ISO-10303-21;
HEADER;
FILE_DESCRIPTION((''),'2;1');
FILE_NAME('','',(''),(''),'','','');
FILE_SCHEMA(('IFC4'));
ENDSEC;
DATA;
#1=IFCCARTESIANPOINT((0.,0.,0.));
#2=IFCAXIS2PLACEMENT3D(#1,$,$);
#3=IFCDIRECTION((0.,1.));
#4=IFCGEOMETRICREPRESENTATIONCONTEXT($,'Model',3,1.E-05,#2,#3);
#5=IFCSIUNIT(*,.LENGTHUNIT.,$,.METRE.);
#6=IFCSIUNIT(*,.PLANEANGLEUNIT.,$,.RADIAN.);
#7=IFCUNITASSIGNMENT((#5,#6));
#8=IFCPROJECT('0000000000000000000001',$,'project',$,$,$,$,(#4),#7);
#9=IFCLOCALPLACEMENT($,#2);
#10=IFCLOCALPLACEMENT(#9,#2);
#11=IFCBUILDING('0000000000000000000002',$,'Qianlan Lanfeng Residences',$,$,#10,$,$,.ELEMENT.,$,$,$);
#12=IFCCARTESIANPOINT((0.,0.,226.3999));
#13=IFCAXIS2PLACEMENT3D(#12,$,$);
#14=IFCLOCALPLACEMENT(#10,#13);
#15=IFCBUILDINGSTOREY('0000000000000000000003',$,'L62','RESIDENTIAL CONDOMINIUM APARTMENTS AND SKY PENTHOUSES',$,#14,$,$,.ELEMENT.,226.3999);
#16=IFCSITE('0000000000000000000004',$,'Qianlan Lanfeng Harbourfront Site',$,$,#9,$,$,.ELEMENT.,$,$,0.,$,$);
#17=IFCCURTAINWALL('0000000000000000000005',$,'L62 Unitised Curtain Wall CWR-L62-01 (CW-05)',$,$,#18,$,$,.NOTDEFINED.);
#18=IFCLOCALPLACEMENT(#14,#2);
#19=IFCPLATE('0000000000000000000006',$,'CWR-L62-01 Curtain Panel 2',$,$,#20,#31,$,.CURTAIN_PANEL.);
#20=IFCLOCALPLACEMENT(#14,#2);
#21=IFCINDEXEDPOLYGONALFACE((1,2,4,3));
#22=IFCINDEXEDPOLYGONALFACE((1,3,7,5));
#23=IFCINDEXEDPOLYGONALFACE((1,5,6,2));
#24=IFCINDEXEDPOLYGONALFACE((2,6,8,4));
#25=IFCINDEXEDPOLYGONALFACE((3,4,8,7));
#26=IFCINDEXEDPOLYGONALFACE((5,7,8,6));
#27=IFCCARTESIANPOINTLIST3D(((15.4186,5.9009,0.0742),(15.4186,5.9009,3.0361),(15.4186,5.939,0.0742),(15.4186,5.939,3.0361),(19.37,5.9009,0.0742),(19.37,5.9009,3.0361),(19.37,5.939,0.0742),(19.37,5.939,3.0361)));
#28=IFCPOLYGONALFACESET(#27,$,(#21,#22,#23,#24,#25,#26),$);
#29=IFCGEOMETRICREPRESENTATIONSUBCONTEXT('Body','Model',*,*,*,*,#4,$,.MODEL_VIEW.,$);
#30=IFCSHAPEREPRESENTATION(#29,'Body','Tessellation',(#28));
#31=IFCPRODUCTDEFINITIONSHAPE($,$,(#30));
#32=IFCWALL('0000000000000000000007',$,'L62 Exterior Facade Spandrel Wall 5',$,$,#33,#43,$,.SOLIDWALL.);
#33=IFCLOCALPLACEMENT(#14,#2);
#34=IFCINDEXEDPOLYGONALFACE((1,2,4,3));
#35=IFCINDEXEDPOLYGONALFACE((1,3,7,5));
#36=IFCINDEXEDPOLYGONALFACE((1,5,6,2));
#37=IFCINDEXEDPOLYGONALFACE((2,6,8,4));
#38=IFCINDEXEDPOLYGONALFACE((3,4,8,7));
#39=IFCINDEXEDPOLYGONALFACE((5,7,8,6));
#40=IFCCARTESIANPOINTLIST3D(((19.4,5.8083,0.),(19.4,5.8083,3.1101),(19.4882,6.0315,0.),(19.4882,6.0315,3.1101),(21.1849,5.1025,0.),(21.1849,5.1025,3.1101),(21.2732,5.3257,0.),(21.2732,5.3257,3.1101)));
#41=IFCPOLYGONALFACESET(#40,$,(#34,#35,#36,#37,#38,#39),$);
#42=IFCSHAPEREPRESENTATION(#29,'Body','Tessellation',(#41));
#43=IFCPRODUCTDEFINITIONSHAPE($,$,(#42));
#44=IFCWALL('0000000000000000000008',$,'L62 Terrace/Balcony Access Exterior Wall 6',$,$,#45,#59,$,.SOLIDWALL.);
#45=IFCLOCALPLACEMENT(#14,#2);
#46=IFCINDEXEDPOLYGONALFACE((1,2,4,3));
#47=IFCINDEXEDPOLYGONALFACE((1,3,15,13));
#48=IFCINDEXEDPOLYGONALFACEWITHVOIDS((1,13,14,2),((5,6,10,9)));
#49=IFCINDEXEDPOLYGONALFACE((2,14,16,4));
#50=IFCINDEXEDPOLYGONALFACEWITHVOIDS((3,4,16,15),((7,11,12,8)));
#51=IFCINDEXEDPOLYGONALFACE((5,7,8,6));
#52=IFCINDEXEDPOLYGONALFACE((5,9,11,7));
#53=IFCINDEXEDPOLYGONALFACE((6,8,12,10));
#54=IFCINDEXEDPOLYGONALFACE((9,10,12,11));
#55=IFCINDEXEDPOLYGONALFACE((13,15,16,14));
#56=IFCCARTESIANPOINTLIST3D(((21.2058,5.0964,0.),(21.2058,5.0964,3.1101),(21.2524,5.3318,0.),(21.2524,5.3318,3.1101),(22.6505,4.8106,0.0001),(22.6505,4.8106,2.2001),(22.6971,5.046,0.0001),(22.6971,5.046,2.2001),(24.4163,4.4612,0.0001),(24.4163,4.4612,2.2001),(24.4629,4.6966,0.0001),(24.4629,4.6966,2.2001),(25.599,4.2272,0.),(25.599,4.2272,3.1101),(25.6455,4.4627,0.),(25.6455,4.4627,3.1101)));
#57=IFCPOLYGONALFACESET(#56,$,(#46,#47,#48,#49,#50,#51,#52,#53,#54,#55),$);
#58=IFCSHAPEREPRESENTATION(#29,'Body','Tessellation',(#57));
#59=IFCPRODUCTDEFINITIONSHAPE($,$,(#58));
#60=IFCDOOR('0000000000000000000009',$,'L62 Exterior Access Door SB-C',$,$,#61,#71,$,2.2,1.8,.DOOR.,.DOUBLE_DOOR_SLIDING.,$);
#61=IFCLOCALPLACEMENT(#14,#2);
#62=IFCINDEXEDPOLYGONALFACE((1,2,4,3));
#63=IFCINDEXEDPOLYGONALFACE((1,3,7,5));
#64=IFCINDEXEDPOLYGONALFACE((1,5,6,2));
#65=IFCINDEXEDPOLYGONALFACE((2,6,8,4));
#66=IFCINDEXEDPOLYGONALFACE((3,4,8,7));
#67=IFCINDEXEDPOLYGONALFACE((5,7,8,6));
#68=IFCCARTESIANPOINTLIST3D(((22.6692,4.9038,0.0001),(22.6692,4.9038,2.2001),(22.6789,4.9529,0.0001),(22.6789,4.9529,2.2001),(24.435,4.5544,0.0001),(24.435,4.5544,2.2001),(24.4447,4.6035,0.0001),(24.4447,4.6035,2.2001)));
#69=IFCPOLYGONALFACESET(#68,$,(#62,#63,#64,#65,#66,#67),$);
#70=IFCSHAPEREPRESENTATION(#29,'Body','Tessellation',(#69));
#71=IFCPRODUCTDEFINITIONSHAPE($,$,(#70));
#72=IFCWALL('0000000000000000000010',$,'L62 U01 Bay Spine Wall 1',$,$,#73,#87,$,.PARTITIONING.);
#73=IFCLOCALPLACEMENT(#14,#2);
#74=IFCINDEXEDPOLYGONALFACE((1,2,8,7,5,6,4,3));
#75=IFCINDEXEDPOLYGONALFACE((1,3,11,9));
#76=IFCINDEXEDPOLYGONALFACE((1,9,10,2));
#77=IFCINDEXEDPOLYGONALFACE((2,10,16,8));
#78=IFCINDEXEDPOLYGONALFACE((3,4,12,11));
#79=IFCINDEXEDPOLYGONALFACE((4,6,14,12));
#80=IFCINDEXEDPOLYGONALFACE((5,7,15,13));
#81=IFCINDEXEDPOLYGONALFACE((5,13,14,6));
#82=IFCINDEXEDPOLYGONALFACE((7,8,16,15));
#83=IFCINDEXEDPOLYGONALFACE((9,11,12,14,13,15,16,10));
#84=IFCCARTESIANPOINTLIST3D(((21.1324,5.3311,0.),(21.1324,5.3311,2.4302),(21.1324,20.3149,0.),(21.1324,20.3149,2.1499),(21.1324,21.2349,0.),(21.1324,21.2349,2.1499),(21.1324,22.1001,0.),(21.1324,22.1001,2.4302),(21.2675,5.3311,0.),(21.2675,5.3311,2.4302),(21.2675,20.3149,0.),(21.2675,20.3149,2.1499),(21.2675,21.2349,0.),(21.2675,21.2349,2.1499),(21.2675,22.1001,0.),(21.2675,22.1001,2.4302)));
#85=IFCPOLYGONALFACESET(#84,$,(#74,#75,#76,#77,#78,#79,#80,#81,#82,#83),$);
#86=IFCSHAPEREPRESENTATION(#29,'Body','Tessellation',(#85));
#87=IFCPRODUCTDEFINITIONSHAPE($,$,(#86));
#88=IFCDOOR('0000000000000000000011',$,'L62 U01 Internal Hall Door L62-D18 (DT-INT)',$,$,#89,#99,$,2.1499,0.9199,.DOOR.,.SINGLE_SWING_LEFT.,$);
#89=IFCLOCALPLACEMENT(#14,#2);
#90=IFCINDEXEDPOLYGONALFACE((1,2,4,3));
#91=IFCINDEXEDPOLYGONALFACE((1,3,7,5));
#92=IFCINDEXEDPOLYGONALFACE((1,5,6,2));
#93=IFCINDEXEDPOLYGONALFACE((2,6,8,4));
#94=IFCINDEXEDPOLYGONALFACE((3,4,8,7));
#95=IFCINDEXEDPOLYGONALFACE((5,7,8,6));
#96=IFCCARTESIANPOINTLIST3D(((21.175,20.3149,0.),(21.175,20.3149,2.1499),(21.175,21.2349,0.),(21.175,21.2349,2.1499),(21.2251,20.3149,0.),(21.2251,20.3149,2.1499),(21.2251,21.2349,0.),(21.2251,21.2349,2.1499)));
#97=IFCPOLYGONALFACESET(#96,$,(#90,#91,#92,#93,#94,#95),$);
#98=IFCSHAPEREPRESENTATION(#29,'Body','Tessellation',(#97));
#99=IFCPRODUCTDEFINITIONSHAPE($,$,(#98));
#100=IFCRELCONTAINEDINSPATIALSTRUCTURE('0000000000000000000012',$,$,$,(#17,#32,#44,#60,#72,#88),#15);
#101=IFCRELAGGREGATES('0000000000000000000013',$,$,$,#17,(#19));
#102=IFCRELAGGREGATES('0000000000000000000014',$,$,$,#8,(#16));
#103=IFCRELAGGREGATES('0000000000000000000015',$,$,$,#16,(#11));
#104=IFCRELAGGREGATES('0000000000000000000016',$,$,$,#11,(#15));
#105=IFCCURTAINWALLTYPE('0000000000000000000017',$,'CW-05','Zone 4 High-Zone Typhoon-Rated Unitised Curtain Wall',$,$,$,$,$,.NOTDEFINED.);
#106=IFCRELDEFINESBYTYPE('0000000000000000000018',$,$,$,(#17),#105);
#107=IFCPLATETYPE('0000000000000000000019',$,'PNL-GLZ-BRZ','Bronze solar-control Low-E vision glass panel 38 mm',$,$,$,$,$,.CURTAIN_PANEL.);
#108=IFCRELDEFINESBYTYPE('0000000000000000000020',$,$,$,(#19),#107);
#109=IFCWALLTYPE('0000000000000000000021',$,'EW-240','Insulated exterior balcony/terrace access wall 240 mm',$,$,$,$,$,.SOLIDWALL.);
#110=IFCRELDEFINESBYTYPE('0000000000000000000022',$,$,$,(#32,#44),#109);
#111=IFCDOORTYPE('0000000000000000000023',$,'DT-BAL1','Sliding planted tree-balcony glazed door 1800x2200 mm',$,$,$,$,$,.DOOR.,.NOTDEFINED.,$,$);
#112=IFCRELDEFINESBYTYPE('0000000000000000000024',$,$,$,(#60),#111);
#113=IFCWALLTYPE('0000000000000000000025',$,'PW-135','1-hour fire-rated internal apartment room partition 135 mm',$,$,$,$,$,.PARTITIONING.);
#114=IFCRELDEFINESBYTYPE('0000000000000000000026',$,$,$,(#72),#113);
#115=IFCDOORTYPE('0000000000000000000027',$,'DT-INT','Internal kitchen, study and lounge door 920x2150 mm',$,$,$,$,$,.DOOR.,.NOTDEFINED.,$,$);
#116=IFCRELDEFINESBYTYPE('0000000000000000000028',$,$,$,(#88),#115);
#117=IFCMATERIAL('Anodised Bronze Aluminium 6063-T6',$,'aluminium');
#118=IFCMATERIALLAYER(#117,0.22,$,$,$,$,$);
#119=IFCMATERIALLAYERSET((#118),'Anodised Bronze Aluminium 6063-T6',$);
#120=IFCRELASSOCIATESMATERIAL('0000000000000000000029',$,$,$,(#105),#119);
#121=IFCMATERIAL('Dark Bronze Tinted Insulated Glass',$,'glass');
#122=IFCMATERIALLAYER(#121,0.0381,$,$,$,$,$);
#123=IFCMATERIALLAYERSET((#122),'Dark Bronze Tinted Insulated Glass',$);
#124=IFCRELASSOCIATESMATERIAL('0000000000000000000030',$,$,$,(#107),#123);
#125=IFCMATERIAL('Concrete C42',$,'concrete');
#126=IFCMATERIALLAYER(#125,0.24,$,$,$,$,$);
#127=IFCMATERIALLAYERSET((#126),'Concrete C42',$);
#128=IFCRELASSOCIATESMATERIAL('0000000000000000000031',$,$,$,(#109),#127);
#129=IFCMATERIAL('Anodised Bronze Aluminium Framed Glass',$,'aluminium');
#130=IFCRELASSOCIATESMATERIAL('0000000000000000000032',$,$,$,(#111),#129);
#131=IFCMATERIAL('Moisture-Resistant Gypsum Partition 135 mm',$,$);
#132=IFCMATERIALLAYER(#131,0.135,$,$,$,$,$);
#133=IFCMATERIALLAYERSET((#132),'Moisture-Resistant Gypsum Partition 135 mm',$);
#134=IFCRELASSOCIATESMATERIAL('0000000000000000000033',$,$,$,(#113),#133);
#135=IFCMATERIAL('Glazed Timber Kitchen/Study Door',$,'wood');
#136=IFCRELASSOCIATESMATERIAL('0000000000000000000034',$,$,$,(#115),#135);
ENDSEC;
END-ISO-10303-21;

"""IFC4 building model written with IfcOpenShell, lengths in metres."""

from ifc_helpers import new_model, si_unit, direction, frame, frame_2d, origin, origin_2d, place, context, subcontext, project, spatial, rectangle, extrude, source, transform, mapped, material, layer, layer_set, type_object, element, fill, aggregate, save


model = new_model("IFC4")

# Units and contexts
model_context = context("Model", 3, precision=1e-05, world=origin(), true_north=direction((0.0, 1.0)))
body_context = subcontext(model_context, "Body", "Model", "MODEL_VIEW")
ifc_project = project(units=[si_unit("LENGTHUNIT", "METRE"), si_unit("PLANEANGLEUNIT", "RADIAN")], contexts=[model_context])

# Site, building, storey
site_placement = place(None, origin())
site = spatial("IfcSite", under=ifc_project, at=site_placement, Name="Qianlan Lanfeng Harbourfront Site", CompositionType="ELEMENT", RefElevation=0.0)
building_placement = place(site_placement, origin())
building = spatial("IfcBuilding", under=site, at=building_placement, Name="Qianlan Lanfeng Residences", CompositionType="ELEMENT")
storey_placement = place(building_placement, frame((0.0, 0.0, 226.3999)))
storey = spatial("IfcBuildingStorey", under=building, at=storey_placement, Name="L62", Description="RESIDENTIAL CONDOMINIUM APARTMENTS AND SKY PENTHOUSES", CompositionType="ELEMENT", Elevation=226.3999)

# Curtain wall, plate
ifc_material_1 = material(Name="Anodised Bronze Aluminium 6063-T6", Category="aluminium")
ifc_layer_1 = layer(ifc_material_1, 0.22)
ifc_layer_set_1 = layer_set([ifc_layer_1], Name="Anodised Bronze Aluminium 6063-T6")
curtain_wall_type = type_object("IfcCurtainWallType", Name="CW-05", Description="Zone 4 High-Zone Typhoon-Rated Unitised Curtain Wall", PredefinedType="NOTDEFINED", material=ifc_layer_set_1)
curtain_wall_placement = place(storey_placement, origin())
curtain_wall = element("IfcCurtainWall", 1, at=curtain_wall_placement, inside=storey, type_object=curtain_wall_type, Name="L62 Unitised Curtain Wall CWR-L62-01 (CW-05)", PredefinedType="NOTDEFINED")
ifc_material_2 = material(Name="Dark Bronze Tinted Insulated Glass", Category="glass")
ifc_layer_2 = layer(ifc_material_2, 0.0381)
ifc_layer_set_2 = layer_set([ifc_layer_2], Name="Dark Bronze Tinted Insulated Glass")
plate_type = type_object("IfcPlateType", Name="PNL-GLZ-BRZ", Description="Bronze solar-control Low-E vision glass panel 38 mm", PredefinedType="CURTAIN_PANEL", material=ifc_layer_set_2)
shared_shape_1 = source(origin(), body_context, "Body", "SweptSolid", [
    extrude(rectangle(XDim=3.9514, YDim=0.0381, at=origin_2d()), origin(), (0.0, 0.0, 1.0), 2.9619),
])
plate_1_placement = place(storey_placement, frame((17.3943, 5.9199, 0.0742), z_axis=(0.0, 0.0, 1.0), x_axis=(1.0, 0.0, 0.0)))
plate_1 = element("IfcPlate", 2, at=plate_1_placement, type_object=plate_type, Name="CWR-L62-01 Curtain Panel 2", PredefinedType="CURTAIN_PANEL", context=body_context, shape_type="MappedRepresentation", body=[
    mapped(shared_shape_1, transform((0.0, 0.0, 0.0), scale=1.0)),
])
aggregate(curtain_wall, [plate_1])

# Wall
ifc_material_3 = material(Name="Concrete C42", Category="concrete")
ifc_layer_3 = layer(ifc_material_3, 0.24)
ifc_layer_set_3 = layer_set([ifc_layer_3], Name="Concrete C42")
wall_type_1 = type_object("IfcWallType", Name="EW-240", Description="Insulated exterior balcony/terrace access wall 240 mm", PredefinedType="SOLIDWALL", material=ifc_layer_set_3)
wall_1_placement = place(storey_placement, frame((19.4441, 5.9199, 0.0), z_axis=(0.0, 0.0, 1.0), x_axis=(0.929934, -0.367725, 0.0)))
element("IfcWall", 3, at=wall_1_placement, inside=storey, type_object=wall_type_1, Name="L62 Exterior Facade Spandrel Wall 5", PredefinedType="SOLIDWALL", context=body_context, shape_type="SweptSolid", body=[
    extrude(rectangle(XDim=1.9194, YDim=0.24, at=frame_2d((0.9597, 0.0))), origin(), (0.0, 0.0, 1.0), 3.1101),
])

# Walls, openings, doors
wall_2_placement = place(storey_placement, frame((21.229, 5.2141, 0.0), z_axis=(0.0, 0.0, 1.0), x_axis=(0.980985, -0.194082, 0.0)))
wall_2 = element("IfcWall", 4, at=wall_2_placement, inside=storey, type_object=wall_type_1, Name="L62 Terrace/Balcony Access Exterior Wall 6", PredefinedType="SOLIDWALL", context=body_context, shape_type="SweptSolid", body=[
    extrude(rectangle(XDim=4.4783, YDim=0.24, at=frame_2d((2.2393, 0.0))), origin(), (0.0, 0.0, 1.0), 3.1101),
])
opening_1_placement = place(wall_2_placement, frame((1.4729, 0.0, 0.0)))
opening_1 = element("IfcOpeningElement", 5, at=opening_1_placement, cuts=wall_2, PredefinedType="OPENING", context=body_context, shape_type="SweptSolid", body=[
    extrude(rectangle(XDim=1.8, YDim=2.2, at=frame_2d((0.8999, 1.1001))), frame((0.0, 0.1299, 0.0), z_axis=(0.0, -1.0, 0.0), x_axis=(1.0, 0.0, 0.0)), (0.0, 0.0, 1.0), 0.26),
])
ifc_material_4 = material(Name="Anodised Bronze Aluminium Framed Glass", Category="aluminium")
door_type_1 = type_object("IfcDoorType", Name="DT-BAL1", Description="Sliding planted tree-balcony glazed door 1800x2200 mm", OperationType="NOTDEFINED", PredefinedType="DOOR", material=ifc_material_4)
door_1_placement = place(opening_1_placement, frame((1.8, 0.0, 0.0), z_axis=(0.0, 0.0, 1.0), x_axis=(-1.0, 0.0, 0.0)))
door_1 = element("IfcDoor", 6, at=door_1_placement, inside=storey, type_object=door_type_1, Name="L62 Exterior Access Door SB-C", OperationType="DOUBLE_DOOR_SLIDING", OverallHeight=2.2, OverallWidth=1.8, PredefinedType="DOOR", context=body_context, shape_type="SweptSolid", body=[
    extrude(rectangle(XDim=1.8, YDim=2.2, at=frame_2d((0.8999, 1.1001))), frame((0.0, 0.0249, 0.0), z_axis=(0.0, -1.0, 0.0), x_axis=(1.0, 0.0, 0.0)), (0.0, 0.0, 1.0), 0.05),
])
fill(opening_1, door_1)
ifc_material_5 = material(Name="Moisture-Resistant Gypsum Partition 135 mm")
ifc_layer_4 = layer(ifc_material_5, 0.135)
ifc_layer_set_4 = layer_set([ifc_layer_4], Name="Moisture-Resistant Gypsum Partition 135 mm")
wall_type_2 = type_object("IfcWallType", Name="PW-135", Description="1-hour fire-rated internal apartment room partition 135 mm", PredefinedType="PARTITIONING", material=ifc_layer_set_4)
wall_3_placement = place(storey_placement, frame((21.2, 5.3311, 0.0), z_axis=(0.0, 0.0, 1.0), x_axis=(0.0, 1.0, 0.0)))
wall_3 = element("IfcWall", 7, at=wall_3_placement, inside=storey, type_object=wall_type_2, Name="L62 U01 Bay Spine Wall 1", PredefinedType="PARTITIONING", context=body_context, shape_type="SweptSolid", body=[
    extrude(rectangle(XDim=16.769, YDim=0.135, at=frame_2d((8.3845, 0.0))), origin(), (0.0, 0.0, 1.0), 2.4302),
])
opening_2_placement = place(wall_3_placement, frame((14.9839, 0.0, 0.0)))
opening_2 = element("IfcOpeningElement", 8, at=opening_2_placement, cuts=wall_3, PredefinedType="OPENING", context=body_context, shape_type="SweptSolid", body=[
    extrude(rectangle(XDim=0.9199, YDim=2.1499, at=frame_2d((0.46, 1.075))), frame((0.0, 0.0776, 0.0), z_axis=(0.0, -1.0, 0.0), x_axis=(1.0, 0.0, 0.0)), (0.0, 0.0, 1.0), 0.155),
])
ifc_material_6 = material(Name="Glazed Timber Kitchen/Study Door", Category="wood")
door_type_2 = type_object("IfcDoorType", Name="DT-INT", Description="Internal kitchen, study and lounge door 920x2150 mm", OperationType="NOTDEFINED", PredefinedType="DOOR", material=ifc_material_6)
door_2_placement = place(opening_2_placement, origin())
door_2 = element("IfcDoor", 9, at=door_2_placement, inside=storey, type_object=door_type_2, Name="L62 U01 Internal Hall Door L62-D18 (DT-INT)", OperationType="SINGLE_SWING_LEFT", OverallHeight=2.1499, OverallWidth=0.9199, PredefinedType="DOOR", context=body_context, shape_type="SweptSolid", body=[
    extrude(rectangle(XDim=0.9199, YDim=2.1499, at=frame_2d((0.46, 1.075))), frame((0.0, 0.0249, 0.0), z_axis=(0.0, -1.0, 0.0), x_axis=(1.0, 0.0, 0.0)), (0.0, 0.0, 1.0), 0.05),
])
fill(opening_2, door_2)

save(model, "model.ifc")
